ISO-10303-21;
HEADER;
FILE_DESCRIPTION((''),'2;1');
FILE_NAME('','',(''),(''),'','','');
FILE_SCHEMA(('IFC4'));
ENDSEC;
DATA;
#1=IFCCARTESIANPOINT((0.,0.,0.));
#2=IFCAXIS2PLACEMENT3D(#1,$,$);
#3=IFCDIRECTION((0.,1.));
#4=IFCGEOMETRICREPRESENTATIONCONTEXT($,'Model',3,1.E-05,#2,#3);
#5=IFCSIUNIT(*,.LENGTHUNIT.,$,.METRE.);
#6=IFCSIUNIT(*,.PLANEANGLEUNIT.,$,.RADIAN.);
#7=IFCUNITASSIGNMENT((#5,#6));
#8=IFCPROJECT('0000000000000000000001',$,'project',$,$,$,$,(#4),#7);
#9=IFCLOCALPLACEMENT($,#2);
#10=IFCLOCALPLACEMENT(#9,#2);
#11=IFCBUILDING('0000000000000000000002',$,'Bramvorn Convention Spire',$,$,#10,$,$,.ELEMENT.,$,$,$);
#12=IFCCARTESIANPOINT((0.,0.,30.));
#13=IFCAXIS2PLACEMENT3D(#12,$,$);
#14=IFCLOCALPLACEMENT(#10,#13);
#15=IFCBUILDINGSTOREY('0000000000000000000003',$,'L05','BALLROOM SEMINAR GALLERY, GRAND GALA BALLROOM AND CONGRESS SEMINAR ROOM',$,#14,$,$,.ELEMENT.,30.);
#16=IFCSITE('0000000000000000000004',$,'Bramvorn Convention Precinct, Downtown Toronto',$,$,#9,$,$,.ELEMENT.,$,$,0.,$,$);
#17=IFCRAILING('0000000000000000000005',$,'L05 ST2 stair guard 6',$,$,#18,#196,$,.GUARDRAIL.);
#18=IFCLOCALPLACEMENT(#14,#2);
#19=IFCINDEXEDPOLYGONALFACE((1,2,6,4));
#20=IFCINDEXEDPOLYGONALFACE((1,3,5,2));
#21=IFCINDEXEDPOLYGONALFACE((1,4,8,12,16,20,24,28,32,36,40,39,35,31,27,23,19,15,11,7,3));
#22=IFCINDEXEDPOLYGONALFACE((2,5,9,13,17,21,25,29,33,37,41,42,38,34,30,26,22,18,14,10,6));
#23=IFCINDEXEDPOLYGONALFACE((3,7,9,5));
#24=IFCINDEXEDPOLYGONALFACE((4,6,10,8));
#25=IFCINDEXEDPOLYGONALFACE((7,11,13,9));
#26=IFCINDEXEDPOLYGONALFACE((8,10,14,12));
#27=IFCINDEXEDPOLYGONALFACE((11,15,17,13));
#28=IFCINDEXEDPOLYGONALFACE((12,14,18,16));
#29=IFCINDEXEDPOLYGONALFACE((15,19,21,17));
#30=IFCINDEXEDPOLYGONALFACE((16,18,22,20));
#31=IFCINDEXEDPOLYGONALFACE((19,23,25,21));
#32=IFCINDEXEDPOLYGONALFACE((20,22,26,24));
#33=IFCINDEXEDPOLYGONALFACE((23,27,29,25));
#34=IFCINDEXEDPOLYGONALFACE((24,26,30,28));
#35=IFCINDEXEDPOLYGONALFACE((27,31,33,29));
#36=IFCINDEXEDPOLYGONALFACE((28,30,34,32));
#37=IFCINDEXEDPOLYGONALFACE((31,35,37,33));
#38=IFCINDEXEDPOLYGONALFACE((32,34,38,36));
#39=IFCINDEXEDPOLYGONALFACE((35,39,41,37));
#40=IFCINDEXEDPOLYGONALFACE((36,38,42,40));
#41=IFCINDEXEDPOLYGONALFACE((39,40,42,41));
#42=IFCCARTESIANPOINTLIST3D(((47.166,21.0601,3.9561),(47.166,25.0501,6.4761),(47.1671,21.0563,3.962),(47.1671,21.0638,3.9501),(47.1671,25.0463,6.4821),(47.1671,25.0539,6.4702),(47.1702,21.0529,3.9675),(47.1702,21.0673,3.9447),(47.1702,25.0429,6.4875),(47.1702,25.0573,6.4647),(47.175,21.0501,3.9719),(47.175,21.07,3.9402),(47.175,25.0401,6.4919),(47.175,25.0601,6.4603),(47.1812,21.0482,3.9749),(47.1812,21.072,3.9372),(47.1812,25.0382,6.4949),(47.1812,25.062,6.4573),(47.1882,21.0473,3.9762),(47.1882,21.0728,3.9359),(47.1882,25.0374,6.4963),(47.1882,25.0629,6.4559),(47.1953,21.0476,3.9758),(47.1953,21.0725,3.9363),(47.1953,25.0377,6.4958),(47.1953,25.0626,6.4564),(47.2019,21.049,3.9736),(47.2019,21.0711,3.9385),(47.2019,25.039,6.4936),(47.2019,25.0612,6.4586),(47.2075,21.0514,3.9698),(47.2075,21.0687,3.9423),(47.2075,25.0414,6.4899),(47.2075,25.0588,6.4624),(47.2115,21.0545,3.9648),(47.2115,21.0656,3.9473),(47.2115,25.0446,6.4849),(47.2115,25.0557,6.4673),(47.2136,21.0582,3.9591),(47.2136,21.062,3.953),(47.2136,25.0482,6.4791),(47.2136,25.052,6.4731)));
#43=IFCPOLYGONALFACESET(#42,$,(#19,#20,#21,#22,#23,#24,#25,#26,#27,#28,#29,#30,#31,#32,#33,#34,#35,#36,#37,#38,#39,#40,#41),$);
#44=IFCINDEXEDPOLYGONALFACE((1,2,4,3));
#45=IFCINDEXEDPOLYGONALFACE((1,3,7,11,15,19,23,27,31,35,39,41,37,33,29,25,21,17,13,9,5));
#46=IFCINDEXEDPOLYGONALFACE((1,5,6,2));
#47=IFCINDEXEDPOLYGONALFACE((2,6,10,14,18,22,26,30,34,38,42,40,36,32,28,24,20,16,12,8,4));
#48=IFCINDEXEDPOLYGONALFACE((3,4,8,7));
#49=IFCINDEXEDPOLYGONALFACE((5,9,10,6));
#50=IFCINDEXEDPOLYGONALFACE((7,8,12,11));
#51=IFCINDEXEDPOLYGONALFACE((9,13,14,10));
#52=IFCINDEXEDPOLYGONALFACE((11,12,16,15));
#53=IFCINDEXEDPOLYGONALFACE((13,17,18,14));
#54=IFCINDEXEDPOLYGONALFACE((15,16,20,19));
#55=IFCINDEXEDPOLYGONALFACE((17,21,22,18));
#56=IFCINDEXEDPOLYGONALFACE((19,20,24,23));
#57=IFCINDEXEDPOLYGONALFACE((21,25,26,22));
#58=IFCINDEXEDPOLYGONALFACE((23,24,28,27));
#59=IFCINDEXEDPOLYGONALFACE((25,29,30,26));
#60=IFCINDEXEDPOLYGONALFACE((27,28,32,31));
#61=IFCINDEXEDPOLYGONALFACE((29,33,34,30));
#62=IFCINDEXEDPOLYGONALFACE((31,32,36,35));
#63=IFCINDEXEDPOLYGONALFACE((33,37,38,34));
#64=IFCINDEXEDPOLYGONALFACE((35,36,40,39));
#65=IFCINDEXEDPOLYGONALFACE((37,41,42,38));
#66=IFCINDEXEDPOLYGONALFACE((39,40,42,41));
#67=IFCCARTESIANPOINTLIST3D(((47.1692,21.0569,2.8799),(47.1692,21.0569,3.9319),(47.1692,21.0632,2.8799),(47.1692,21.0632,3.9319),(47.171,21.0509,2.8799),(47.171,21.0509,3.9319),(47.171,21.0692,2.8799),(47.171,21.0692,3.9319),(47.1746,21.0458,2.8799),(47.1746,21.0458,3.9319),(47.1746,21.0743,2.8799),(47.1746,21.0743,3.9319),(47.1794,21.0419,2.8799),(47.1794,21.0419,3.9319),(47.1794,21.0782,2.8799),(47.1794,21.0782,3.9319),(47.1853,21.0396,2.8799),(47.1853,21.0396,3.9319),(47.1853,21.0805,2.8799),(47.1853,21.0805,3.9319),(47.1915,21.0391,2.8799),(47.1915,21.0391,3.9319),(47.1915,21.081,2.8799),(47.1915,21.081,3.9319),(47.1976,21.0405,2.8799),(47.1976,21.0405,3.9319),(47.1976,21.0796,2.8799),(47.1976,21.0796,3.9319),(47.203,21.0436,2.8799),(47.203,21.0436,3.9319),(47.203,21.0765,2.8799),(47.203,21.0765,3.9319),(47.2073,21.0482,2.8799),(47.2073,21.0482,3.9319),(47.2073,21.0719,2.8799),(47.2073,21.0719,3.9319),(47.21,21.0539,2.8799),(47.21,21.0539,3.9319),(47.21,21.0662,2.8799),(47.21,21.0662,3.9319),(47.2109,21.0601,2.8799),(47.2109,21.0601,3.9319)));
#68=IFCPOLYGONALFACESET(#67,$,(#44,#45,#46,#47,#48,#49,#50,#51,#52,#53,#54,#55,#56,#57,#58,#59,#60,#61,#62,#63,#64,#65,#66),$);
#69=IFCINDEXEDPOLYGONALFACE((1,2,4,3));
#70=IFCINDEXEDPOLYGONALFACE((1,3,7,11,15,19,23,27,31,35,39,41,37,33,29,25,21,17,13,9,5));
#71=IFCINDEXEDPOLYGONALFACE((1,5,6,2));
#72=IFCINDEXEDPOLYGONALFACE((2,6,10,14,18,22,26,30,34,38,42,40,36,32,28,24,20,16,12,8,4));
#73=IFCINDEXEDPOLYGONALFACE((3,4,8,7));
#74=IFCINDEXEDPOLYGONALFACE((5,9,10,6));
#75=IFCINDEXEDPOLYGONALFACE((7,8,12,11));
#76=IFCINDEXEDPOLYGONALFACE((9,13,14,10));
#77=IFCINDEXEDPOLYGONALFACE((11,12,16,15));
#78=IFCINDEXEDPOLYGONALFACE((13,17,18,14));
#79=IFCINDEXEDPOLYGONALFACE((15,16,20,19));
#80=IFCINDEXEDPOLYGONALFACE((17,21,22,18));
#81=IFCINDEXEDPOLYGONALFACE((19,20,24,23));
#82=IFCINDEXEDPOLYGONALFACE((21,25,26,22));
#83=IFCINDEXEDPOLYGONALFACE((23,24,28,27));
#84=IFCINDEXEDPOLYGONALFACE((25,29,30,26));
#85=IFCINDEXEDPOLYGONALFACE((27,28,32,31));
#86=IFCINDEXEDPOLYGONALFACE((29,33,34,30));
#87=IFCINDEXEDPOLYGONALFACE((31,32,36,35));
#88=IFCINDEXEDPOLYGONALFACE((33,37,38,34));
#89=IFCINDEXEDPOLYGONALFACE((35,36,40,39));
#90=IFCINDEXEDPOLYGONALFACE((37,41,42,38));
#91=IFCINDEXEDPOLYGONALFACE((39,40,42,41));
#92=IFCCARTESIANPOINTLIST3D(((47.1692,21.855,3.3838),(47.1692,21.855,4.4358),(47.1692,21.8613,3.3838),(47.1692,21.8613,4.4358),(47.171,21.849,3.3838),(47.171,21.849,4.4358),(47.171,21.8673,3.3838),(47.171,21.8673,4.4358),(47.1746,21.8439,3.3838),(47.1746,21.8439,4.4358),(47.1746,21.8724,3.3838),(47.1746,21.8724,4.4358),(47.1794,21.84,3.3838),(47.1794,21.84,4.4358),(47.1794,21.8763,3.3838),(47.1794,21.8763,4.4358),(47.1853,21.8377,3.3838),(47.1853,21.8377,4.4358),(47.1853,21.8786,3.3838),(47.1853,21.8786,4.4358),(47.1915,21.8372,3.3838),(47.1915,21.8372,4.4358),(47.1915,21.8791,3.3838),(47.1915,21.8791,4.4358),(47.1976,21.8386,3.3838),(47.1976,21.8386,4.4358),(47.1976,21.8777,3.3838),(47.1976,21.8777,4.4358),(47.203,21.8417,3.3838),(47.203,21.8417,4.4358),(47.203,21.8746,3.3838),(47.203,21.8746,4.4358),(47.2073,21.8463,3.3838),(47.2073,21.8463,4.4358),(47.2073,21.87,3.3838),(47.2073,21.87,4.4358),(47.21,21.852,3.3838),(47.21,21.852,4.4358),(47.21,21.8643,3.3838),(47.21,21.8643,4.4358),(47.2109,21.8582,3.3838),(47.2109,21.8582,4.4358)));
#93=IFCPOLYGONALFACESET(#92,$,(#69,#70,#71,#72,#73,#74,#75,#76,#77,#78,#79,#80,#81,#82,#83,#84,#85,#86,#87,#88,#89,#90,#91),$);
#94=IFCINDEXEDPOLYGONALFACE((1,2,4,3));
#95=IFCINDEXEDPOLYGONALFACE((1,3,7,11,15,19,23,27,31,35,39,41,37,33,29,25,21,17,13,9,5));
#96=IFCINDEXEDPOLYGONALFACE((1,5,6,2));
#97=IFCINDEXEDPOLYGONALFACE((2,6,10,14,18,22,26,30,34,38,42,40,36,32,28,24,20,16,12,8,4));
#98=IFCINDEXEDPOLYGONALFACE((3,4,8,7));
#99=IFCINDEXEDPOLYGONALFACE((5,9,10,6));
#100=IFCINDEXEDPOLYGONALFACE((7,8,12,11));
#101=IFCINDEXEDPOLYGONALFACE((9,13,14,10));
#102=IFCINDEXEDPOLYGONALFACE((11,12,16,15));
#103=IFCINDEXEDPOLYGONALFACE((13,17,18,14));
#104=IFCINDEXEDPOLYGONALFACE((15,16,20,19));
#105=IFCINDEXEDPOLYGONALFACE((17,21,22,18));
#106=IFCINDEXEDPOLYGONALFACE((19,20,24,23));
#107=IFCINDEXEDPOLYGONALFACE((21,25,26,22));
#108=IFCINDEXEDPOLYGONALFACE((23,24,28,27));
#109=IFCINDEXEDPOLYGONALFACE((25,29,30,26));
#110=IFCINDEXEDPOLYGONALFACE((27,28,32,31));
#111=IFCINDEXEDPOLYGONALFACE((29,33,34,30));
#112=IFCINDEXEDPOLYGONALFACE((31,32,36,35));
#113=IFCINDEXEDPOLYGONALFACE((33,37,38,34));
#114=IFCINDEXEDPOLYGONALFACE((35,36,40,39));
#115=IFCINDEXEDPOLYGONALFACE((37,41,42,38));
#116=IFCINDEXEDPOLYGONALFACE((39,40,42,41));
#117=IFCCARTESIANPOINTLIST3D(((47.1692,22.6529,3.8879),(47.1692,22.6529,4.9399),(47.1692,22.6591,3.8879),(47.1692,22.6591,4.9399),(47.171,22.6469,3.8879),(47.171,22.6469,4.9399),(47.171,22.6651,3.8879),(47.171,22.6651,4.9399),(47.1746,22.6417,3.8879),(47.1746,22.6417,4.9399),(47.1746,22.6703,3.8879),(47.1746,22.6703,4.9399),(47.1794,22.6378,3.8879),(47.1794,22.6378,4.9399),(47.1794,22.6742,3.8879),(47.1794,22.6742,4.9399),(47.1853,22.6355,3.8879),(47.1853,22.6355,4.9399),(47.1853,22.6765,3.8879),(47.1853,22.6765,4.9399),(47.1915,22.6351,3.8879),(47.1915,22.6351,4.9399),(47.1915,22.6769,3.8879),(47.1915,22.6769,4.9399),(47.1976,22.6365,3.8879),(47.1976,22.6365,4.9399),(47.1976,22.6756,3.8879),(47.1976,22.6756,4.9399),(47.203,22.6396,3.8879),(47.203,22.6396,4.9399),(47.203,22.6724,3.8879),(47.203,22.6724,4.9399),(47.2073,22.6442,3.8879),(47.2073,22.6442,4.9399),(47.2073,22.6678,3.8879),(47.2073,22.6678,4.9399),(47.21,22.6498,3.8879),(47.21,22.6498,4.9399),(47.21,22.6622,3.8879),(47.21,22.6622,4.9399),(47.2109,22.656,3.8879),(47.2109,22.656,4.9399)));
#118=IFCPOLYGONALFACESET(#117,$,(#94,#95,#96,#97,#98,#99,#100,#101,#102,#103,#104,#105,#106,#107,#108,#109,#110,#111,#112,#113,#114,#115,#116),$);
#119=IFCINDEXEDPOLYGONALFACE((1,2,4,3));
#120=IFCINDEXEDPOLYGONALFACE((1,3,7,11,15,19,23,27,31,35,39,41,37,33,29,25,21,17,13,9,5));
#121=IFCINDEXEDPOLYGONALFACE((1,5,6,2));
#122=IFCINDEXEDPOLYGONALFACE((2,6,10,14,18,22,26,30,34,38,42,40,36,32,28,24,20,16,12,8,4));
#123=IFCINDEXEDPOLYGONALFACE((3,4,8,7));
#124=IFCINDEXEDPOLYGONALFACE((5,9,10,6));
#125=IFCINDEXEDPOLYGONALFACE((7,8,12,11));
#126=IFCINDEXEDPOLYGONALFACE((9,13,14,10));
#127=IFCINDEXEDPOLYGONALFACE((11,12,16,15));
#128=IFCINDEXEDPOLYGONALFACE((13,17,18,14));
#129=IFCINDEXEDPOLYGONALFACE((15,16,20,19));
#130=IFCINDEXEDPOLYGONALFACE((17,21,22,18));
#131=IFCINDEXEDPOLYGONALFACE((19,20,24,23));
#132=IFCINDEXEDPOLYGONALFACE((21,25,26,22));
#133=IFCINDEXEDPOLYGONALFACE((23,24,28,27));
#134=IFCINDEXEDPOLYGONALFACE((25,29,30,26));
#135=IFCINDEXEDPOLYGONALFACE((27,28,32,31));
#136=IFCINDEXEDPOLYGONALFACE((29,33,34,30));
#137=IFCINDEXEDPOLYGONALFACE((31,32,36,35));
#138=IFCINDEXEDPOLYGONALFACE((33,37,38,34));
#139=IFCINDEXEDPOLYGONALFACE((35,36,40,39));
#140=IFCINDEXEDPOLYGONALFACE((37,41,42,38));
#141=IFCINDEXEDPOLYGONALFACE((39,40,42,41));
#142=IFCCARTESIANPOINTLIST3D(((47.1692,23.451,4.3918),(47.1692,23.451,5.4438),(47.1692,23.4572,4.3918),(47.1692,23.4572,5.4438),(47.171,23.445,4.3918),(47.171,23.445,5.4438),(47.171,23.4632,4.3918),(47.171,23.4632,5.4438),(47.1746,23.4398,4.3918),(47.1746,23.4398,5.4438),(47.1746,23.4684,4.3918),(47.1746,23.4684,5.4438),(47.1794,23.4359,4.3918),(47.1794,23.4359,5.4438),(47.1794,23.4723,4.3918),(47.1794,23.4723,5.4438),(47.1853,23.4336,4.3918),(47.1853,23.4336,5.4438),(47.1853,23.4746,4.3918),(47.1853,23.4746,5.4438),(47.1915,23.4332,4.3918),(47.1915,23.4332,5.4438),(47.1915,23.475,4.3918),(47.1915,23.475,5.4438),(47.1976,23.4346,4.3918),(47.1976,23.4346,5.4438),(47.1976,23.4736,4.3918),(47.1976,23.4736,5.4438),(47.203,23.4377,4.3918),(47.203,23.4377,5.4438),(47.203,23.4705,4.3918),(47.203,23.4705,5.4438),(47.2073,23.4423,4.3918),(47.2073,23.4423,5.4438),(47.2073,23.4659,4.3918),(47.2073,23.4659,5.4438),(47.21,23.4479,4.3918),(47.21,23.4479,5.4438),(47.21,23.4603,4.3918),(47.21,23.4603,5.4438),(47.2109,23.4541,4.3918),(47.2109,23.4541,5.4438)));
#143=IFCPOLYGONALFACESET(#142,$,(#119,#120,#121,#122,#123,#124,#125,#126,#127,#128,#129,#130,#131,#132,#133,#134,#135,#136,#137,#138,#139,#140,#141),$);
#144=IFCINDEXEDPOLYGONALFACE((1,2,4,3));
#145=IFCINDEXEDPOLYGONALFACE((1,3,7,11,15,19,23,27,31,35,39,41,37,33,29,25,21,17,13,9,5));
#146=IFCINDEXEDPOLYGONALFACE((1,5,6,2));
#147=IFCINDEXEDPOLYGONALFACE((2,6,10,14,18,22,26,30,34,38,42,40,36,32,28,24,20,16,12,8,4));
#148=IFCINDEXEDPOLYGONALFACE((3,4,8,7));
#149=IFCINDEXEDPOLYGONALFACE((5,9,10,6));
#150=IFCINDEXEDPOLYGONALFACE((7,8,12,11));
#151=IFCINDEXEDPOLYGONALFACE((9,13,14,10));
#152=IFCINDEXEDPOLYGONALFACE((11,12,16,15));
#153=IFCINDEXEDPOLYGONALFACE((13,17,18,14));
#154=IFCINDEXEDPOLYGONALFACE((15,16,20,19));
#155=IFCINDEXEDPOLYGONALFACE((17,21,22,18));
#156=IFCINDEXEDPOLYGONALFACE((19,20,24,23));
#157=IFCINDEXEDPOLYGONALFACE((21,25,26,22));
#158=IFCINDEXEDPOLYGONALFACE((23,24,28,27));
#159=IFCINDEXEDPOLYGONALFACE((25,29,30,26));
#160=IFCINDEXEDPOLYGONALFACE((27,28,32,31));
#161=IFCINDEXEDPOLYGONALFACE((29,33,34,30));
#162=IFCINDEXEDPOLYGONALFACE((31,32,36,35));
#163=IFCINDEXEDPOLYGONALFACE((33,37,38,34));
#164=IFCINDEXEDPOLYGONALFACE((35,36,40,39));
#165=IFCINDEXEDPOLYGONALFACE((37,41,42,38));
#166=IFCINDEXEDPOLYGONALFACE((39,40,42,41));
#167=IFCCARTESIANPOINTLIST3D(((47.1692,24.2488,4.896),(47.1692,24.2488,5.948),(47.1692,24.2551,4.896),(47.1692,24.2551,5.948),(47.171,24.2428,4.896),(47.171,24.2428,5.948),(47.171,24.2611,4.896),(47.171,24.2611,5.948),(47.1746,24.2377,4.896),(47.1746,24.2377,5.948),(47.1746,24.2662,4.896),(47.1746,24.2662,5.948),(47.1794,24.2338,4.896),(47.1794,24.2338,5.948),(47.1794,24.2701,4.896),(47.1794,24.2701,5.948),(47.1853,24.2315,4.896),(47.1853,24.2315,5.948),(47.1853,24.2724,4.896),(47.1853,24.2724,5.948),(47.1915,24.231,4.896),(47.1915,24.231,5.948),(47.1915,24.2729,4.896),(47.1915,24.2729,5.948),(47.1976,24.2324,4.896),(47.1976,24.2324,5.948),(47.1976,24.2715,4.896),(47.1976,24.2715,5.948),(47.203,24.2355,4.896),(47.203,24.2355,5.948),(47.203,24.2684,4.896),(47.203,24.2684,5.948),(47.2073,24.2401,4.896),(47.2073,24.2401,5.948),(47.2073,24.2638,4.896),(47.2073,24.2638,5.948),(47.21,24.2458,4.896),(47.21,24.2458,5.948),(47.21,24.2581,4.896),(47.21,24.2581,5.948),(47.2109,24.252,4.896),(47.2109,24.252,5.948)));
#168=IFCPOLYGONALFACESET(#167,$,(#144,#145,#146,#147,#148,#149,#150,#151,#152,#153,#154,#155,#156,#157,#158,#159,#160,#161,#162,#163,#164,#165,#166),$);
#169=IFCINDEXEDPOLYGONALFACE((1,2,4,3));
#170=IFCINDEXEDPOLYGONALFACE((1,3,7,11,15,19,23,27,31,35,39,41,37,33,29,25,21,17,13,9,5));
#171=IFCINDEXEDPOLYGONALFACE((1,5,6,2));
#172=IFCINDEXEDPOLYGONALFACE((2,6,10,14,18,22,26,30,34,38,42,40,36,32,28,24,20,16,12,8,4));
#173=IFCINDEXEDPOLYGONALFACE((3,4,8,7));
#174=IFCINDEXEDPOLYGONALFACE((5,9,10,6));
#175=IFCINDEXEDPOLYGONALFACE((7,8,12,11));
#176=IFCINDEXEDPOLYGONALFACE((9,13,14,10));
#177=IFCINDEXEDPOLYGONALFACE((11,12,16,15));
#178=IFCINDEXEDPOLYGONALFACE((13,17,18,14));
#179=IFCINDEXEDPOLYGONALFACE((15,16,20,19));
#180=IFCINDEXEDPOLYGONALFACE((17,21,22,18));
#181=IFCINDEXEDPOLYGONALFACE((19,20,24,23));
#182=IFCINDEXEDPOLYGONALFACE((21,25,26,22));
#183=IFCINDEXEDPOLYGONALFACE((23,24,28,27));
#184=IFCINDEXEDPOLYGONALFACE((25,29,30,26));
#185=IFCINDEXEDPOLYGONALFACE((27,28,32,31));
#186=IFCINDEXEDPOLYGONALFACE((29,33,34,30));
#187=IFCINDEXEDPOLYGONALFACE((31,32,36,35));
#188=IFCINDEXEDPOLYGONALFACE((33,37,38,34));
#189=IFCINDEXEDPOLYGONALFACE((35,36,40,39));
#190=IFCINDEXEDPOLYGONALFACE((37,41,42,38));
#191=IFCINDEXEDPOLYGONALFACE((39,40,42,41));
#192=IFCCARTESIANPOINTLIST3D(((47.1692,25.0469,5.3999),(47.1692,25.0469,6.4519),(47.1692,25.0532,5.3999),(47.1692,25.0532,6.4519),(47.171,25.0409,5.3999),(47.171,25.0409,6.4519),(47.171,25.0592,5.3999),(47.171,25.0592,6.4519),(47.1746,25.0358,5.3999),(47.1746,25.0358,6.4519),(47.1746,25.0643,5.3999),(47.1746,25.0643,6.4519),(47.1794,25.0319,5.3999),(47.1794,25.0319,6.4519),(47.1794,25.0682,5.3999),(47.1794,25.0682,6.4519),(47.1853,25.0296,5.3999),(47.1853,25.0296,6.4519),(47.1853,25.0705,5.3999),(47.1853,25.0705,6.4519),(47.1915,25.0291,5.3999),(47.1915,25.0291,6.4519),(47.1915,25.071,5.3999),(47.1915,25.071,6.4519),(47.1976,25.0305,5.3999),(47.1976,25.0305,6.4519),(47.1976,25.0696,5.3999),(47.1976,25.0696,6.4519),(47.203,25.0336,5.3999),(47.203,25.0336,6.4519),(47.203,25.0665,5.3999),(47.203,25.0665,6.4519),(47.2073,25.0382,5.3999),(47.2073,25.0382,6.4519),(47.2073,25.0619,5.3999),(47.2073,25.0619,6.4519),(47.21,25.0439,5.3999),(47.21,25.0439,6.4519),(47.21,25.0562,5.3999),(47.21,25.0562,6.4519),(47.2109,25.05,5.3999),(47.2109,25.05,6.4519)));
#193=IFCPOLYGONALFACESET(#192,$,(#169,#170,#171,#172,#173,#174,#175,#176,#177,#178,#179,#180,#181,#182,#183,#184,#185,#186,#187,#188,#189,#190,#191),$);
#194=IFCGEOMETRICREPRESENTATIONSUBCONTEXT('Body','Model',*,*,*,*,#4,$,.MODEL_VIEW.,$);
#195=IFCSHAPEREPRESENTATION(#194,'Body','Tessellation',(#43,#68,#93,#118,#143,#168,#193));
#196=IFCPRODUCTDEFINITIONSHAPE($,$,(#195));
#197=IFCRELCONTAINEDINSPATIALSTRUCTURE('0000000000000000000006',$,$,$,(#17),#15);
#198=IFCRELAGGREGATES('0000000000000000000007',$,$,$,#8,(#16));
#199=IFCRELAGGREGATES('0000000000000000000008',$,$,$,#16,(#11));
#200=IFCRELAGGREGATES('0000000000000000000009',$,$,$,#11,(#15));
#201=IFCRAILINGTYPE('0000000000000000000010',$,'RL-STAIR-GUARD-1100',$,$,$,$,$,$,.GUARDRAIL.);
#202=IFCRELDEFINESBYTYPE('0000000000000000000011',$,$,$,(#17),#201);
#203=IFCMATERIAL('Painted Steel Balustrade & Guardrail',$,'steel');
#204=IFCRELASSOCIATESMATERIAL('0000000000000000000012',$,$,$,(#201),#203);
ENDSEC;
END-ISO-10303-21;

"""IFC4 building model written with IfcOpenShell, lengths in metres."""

from ifc_helpers import new_model, si_unit, direction, frame, origin, origin_2d, place, context, subcontext, project, spatial, circle, extrude, material, type_object, element, save


model = new_model("IFC4")

# Units and contexts
model_context = context("Model", 3, precision=1e-05, world=origin(), true_north=direction((0.0, 1.0)))
body_context = subcontext(model_context, "Body", "Model", "MODEL_VIEW")
ifc_project = project(units=[si_unit("LENGTHUNIT", "METRE"), si_unit("PLANEANGLEUNIT", "RADIAN")], contexts=[model_context])

# Site, building, storey
site_placement = place(None, origin())
site = spatial("IfcSite", under=ifc_project, at=site_placement, Name="Bramvorn Convention Precinct, Downtown Toronto", CompositionType="ELEMENT", RefElevation=0.0)
building_placement = place(site_placement, origin())
building = spatial("IfcBuilding", under=site, at=building_placement, Name="Bramvorn Convention Spire", CompositionType="ELEMENT")
storey_placement = place(building_placement, frame((0.0, 0.0, 30.0)))
storey = spatial("IfcBuildingStorey", under=building, at=storey_placement, Name="L05", Description="BALLROOM SEMINAR GALLERY, GRAND GALA BALLROOM AND CONGRESS SEMINAR ROOM", CompositionType="ELEMENT", Elevation=30.0)

# Railing
ifc_material_1 = material(Name="Painted Steel Balustrade & Guardrail", Category="steel")
railing_type_1 = type_object("IfcRailingType", Name="RL-STAIR-GUARD-1100", PredefinedType="GUARDRAIL", material=ifc_material_1)
railing_1_placement = place(storey_placement, frame((47.1899, 21.0601, 2.8799)))
element("IfcRailing", 1, at=railing_1_placement, inside=storey, type_object=railing_type_1, Name="L05 ST2 stair guard 6", PredefinedType="GUARDRAIL", context=body_context, shape_type="SweptSolid", body=[
    extrude(circle(Radius=0.0239, at=origin_2d()), frame((0.0, 0.0, 1.0762), z_axis=(0.0, 0.845486, 0.533997), x_axis=(-1.0, 0.0, 0.0)), (0.0, 0.0, 1.0), 4.7192),
    extrude(circle(Radius=0.021, at=origin_2d()), origin(), (0.0, 0.0, 1.0), 1.052),
    extrude(circle(Radius=0.021, at=origin_2d()), frame((0.0, 0.7981, 0.5039)), (0.0, 0.0, 1.0), 1.052),
    extrude(circle(Radius=0.021, at=origin_2d()), frame((0.0, 1.5959, 1.0081)), (0.0, 0.0, 1.0), 1.052),
    extrude(circle(Radius=0.021, at=origin_2d()), frame((0.0, 2.394, 1.512)), (0.0, 0.0, 1.0), 1.052),
    extrude(circle(Radius=0.021, at=origin_2d()), frame((0.0, 3.1919, 2.0161)), (0.0, 0.0, 1.0), 1.052),
    extrude(circle(Radius=0.021, at=origin_2d()), frame((0.0, 3.99, 2.52)), (0.0, 0.0, 1.0), 1.052),
])

save(model, "model.ifc")
